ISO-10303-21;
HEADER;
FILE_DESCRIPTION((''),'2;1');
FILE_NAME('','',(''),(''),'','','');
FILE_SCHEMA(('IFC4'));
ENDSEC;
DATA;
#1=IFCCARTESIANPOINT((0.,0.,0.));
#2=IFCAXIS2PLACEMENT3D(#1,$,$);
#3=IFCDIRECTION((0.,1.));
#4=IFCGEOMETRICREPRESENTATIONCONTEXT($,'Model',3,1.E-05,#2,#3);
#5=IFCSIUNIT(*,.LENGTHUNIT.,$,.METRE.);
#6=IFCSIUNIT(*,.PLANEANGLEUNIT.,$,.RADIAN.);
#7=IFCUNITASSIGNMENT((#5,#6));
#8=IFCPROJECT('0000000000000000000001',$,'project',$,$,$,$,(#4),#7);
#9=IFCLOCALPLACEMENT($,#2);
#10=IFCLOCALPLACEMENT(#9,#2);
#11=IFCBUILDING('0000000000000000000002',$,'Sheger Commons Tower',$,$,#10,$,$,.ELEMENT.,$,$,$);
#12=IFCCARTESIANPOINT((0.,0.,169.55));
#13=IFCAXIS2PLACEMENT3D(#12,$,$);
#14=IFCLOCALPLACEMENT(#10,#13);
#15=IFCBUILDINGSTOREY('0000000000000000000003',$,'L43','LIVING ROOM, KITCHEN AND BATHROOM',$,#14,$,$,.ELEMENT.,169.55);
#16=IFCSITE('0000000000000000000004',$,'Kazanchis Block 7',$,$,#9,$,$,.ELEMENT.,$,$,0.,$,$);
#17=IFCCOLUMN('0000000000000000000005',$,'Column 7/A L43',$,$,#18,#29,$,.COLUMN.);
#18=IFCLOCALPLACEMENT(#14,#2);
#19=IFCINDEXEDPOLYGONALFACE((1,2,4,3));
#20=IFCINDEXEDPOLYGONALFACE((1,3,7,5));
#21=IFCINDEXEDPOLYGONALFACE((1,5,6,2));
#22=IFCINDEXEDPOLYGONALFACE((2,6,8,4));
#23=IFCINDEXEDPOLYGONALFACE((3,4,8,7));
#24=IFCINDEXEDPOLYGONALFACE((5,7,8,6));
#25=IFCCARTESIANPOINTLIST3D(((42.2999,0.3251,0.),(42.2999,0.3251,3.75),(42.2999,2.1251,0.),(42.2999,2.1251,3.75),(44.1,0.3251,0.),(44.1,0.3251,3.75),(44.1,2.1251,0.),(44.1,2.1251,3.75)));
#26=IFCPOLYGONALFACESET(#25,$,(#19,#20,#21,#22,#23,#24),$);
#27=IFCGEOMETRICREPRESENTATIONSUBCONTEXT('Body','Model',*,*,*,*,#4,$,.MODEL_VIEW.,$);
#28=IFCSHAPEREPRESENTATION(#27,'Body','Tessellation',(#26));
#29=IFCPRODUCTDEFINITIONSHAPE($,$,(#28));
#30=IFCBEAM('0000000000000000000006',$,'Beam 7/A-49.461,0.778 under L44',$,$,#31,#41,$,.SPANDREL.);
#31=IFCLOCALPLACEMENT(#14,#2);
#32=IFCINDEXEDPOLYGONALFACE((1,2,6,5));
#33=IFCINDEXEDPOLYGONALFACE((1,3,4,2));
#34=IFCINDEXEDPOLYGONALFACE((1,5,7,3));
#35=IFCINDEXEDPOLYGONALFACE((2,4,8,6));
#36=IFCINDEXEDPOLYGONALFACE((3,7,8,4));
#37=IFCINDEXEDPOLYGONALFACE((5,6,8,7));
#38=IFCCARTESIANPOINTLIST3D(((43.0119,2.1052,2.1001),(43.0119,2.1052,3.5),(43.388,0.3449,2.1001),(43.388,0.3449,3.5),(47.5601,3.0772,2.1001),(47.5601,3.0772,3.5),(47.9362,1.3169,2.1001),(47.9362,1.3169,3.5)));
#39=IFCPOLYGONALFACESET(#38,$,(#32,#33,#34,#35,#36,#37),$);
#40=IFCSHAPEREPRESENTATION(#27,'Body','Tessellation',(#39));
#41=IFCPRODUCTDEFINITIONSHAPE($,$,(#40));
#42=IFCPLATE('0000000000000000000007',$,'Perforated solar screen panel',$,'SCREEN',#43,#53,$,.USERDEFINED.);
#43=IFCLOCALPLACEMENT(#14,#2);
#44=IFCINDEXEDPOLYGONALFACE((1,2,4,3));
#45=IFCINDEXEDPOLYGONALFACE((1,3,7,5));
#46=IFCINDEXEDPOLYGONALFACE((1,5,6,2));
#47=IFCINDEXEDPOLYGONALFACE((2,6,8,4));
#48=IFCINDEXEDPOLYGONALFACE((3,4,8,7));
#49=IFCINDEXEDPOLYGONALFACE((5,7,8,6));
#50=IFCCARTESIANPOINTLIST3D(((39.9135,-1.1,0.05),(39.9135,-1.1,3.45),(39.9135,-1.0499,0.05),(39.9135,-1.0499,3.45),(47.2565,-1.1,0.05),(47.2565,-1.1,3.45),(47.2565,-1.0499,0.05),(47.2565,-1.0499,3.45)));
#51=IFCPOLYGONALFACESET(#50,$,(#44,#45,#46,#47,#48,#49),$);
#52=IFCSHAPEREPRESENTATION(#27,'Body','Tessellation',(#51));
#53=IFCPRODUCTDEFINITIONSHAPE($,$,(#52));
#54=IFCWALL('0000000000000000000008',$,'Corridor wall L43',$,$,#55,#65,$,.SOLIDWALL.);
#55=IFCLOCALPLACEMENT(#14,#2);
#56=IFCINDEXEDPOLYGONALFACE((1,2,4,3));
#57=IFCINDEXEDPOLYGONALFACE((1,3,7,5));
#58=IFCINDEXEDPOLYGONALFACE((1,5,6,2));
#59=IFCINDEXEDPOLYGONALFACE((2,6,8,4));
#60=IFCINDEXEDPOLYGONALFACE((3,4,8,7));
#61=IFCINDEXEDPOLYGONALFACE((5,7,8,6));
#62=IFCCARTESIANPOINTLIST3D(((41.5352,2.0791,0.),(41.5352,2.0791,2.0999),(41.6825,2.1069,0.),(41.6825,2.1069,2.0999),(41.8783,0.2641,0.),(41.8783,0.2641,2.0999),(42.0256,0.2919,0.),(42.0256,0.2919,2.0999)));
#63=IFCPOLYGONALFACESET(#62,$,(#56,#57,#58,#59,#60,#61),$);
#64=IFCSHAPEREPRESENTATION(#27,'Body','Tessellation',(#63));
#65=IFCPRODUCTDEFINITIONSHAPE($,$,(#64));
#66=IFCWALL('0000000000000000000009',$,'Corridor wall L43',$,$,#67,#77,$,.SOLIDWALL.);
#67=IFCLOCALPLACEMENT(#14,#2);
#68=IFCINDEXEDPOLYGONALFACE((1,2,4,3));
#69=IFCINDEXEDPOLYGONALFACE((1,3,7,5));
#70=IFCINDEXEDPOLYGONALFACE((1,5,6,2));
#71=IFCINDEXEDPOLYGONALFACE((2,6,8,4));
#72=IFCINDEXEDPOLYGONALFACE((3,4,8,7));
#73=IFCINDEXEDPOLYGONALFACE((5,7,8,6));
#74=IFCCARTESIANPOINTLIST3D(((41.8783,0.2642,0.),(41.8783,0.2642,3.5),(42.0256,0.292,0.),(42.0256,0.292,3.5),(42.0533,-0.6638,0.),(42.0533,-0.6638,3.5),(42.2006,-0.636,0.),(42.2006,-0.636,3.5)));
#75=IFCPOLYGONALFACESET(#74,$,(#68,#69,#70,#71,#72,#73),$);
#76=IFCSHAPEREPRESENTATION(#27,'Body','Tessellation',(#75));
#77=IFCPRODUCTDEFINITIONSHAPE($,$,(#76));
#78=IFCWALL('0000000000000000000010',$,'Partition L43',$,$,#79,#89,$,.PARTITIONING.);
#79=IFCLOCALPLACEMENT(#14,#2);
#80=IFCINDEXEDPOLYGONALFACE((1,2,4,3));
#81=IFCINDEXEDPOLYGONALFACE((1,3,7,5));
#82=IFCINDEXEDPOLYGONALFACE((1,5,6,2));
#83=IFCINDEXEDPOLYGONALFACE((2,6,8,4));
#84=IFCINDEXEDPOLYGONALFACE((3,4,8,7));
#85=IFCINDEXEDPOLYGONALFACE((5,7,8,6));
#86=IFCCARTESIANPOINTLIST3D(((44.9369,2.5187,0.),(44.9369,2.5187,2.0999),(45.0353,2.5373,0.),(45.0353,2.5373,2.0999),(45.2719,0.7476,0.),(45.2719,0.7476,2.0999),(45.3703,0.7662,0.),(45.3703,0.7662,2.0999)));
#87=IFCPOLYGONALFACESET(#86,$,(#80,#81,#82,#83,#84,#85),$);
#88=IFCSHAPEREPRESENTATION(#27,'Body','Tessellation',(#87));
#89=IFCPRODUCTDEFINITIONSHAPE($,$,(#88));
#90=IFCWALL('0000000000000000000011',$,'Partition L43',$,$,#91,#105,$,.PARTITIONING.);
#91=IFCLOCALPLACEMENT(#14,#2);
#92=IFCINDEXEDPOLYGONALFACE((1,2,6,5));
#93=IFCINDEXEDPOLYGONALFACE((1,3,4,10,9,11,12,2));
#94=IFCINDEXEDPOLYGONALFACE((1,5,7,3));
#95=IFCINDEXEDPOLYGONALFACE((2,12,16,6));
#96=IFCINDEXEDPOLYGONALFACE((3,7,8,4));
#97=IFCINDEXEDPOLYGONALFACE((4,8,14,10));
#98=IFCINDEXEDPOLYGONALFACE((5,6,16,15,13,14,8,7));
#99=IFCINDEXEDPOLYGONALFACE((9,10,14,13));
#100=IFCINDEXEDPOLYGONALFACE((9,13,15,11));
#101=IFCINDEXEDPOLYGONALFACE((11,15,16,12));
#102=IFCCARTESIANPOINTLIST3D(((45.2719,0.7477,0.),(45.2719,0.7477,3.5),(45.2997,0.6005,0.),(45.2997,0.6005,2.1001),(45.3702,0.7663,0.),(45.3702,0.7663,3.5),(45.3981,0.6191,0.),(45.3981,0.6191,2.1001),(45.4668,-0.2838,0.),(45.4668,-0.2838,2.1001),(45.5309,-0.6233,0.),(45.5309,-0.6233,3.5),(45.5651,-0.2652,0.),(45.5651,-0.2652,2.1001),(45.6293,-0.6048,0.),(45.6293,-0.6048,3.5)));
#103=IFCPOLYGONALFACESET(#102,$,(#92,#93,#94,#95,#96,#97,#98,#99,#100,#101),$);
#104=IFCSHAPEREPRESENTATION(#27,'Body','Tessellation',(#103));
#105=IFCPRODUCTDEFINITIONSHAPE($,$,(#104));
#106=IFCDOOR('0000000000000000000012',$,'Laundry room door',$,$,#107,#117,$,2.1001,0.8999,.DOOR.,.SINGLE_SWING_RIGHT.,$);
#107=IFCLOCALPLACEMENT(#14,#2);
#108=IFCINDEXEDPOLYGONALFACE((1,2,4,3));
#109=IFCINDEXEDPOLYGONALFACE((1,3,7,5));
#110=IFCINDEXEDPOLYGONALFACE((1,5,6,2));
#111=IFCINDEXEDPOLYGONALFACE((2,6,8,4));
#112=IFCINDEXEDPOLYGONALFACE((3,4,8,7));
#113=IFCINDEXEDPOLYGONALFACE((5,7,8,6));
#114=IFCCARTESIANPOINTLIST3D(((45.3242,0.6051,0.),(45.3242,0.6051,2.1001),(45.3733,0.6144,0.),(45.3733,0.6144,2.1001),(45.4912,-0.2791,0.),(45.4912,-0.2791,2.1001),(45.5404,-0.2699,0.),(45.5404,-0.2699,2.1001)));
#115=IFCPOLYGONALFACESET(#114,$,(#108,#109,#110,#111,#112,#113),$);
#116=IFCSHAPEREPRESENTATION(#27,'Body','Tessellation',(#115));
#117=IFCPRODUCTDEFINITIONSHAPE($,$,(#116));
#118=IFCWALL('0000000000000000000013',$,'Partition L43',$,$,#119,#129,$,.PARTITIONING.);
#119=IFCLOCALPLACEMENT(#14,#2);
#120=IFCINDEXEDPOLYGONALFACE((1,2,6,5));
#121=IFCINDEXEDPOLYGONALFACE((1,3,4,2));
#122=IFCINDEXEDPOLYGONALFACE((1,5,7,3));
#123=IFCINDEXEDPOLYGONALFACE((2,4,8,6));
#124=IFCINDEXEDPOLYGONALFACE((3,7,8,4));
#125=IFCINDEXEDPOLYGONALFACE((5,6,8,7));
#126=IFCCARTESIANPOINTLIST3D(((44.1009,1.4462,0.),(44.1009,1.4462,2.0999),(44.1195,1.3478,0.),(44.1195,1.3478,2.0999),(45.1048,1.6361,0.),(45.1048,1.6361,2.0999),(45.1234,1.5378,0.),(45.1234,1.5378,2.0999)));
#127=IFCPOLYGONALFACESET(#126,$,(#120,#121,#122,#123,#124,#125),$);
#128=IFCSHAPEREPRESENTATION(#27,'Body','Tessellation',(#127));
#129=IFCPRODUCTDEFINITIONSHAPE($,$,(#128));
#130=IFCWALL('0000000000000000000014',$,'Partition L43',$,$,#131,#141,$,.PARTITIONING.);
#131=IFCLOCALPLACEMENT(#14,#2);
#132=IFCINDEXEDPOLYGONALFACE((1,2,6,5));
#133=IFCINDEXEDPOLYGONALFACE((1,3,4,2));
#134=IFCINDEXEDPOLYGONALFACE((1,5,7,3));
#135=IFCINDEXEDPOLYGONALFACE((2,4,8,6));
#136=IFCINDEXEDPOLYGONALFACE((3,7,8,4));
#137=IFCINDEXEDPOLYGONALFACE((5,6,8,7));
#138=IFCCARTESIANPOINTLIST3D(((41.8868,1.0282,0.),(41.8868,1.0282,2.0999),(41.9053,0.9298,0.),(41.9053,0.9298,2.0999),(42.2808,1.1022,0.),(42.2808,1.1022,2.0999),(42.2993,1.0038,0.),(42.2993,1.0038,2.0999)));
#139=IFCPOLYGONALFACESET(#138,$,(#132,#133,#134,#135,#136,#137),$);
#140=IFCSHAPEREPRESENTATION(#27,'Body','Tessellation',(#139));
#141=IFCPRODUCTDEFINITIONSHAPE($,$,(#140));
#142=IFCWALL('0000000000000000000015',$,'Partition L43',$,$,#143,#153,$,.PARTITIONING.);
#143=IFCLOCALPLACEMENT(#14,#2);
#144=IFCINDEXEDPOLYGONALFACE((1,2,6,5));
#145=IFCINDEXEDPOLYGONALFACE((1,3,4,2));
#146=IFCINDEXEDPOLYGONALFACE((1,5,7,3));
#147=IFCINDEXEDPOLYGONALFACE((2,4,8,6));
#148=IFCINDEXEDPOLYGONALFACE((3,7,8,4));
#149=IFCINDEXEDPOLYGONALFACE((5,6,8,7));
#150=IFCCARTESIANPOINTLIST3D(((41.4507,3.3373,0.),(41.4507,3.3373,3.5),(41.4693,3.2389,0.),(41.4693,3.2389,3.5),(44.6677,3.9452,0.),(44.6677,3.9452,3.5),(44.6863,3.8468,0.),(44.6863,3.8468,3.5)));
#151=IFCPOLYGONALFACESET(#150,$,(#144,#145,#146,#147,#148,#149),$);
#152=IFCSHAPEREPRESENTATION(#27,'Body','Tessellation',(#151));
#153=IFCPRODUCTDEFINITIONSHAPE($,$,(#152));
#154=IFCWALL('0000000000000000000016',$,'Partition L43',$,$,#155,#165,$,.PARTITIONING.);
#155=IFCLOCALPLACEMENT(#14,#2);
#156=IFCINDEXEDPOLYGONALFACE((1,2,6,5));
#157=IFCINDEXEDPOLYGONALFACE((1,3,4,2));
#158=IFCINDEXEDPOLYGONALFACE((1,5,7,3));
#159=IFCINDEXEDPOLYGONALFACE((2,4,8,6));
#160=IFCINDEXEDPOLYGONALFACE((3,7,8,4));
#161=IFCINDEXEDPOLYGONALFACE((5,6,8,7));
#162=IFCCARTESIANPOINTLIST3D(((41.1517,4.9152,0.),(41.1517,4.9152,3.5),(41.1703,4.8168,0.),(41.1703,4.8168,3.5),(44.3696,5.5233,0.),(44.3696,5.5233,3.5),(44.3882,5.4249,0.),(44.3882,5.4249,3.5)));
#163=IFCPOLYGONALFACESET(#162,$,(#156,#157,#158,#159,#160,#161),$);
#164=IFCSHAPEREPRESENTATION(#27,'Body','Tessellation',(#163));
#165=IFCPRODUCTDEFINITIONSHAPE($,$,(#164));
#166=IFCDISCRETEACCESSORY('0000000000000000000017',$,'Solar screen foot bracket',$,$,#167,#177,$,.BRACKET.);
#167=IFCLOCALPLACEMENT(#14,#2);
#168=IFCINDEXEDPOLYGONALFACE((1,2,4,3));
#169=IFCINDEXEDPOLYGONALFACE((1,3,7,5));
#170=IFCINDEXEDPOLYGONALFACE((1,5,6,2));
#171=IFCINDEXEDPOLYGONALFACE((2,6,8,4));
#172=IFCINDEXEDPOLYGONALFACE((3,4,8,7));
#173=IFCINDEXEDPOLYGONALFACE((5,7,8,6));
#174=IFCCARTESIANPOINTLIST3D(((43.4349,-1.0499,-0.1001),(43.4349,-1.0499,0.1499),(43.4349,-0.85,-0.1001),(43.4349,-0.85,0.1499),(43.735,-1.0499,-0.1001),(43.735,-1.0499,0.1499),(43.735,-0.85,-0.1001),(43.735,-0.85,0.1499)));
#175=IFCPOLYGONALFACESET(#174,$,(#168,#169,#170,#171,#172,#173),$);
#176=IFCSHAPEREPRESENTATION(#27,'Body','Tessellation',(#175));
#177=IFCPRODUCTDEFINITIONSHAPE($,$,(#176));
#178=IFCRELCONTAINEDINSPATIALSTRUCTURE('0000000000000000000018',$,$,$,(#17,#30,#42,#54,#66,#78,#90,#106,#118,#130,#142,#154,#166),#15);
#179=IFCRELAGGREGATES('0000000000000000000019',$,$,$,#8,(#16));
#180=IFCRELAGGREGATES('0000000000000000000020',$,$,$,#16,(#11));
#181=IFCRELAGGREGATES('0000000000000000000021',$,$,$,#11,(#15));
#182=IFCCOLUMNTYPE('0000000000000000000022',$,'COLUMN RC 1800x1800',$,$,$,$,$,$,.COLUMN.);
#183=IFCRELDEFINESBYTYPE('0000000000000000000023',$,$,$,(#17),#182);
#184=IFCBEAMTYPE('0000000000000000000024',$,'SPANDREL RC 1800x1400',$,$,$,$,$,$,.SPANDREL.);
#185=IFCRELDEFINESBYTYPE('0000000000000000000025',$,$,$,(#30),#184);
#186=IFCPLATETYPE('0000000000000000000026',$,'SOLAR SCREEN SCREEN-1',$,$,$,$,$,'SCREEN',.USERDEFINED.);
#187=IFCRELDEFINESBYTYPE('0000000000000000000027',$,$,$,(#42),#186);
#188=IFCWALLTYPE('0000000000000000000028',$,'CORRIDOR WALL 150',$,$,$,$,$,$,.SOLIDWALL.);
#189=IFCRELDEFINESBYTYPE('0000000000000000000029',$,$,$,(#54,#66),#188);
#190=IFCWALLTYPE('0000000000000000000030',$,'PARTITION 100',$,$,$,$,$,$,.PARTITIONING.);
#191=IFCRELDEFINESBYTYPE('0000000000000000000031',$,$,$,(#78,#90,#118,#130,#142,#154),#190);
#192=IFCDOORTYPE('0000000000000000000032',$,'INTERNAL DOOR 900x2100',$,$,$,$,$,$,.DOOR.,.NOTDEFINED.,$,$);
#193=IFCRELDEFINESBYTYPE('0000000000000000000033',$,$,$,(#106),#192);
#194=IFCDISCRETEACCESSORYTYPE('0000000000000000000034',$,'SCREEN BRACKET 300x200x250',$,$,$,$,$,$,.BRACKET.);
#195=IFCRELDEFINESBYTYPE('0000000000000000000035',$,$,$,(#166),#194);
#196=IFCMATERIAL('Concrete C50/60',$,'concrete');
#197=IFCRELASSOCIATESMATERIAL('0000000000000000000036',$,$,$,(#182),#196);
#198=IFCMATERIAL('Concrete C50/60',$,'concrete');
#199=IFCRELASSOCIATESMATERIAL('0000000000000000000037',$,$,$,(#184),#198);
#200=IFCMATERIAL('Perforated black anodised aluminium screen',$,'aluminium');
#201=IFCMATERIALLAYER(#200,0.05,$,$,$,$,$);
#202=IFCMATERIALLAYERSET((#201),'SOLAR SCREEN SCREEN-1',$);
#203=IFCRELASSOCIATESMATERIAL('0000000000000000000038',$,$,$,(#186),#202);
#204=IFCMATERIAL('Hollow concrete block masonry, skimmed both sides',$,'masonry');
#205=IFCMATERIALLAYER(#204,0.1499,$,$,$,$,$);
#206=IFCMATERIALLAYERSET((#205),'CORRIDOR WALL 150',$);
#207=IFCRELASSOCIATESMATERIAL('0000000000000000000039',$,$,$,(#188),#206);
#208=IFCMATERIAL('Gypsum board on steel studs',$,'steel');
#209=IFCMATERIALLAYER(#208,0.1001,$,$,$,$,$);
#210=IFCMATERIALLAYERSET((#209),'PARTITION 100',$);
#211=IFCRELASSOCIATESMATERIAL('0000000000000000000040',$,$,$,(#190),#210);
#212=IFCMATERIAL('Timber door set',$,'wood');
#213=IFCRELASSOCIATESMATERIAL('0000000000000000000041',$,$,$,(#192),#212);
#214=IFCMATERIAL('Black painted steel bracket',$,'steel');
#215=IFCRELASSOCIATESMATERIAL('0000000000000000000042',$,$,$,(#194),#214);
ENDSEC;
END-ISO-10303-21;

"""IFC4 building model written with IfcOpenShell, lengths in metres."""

from ifc_helpers import new_model, si_unit, direction, frame, frame_2d, origin, origin_2d, place, context, subcontext, project, spatial, rectangle, extrude, material, layer, layer_set, material_profile, profile_set, type_object, element, fill, save


model = new_model("IFC4")

# Units and contexts
model_context = context("Model", 3, precision=1e-05, world=origin(), true_north=direction((0.0, 1.0)))
body_context = subcontext(model_context, "Body", "Model", "MODEL_VIEW")
ifc_project = project(units=[si_unit("LENGTHUNIT", "METRE"), si_unit("PLANEANGLEUNIT", "RADIAN")], contexts=[model_context])

# Site, building, storey
site_placement = place(None, origin())
site = spatial("IfcSite", under=ifc_project, at=site_placement, Name="Kazanchis Block 7", CompositionType="ELEMENT", RefElevation=0.0)
building_placement = place(site_placement, origin())
building = spatial("IfcBuilding", under=site, at=building_placement, Name="Sheger Commons Tower", CompositionType="ELEMENT")
storey_placement = place(building_placement, frame((0.0, 0.0, 169.55)))
storey = spatial("IfcBuildingStorey", under=building, at=storey_placement, Name="L43", Description="LIVING ROOM, KITCHEN AND BATHROOM", CompositionType="ELEMENT", Elevation=169.55)

# Column
ifc_material_1 = material(Name="Concrete C50/60", Category="concrete")
ifc_material_profile_1 = material_profile(ifc_material_1, rectangle(XDim=1.8, YDim=1.8, at=origin_2d()), Name="RC 1800x1800")
ifc_profile_set_1 = profile_set([ifc_material_profile_1], Name="Concrete C50/60")
column_type = type_object("IfcColumnType", Name="COLUMN RC 1800x1800", PredefinedType="COLUMN", material=ifc_profile_set_1)
column_placement = place(storey_placement, frame((43.2, 1.2251, 0.0), z_axis=(0.0, 0.0, 1.0), x_axis=(1.0, 0.0, 0.0)))
element("IfcColumn", 1, at=column_placement, inside=storey, type_object=column_type, Name="Column 7/A L43", PredefinedType="COLUMN", context=body_context, shape_type="SweptSolid", body=[
    extrude(rectangle(XDim=1.8, YDim=1.8, at=origin_2d()), origin(), (0.0, 0.0, 1.0), 3.75),
])

# Beam
ifc_material_2 = material(Name="Concrete C50/60", Category="concrete")
ifc_material_profile_2 = material_profile(ifc_material_2, rectangle(XDim=1.8, YDim=1.3999, at=origin_2d()), Name="RC 1800x1400")
ifc_profile_set_2 = profile_set([ifc_material_profile_2], Name="Concrete C50/60")
beam_type = type_object("IfcBeamType", Name="SPANDREL RC 1800x1400", PredefinedType="SPANDREL", material=ifc_profile_set_2)
beam_placement = place(storey_placement, frame((43.2, 1.2251, 2.8), z_axis=(0.97792, 0.208981, 0.0), x_axis=(-0.208981, 0.97792, 0.0)))
element("IfcBeam", 2, at=beam_placement, inside=storey, type_object=beam_type, Name="Beam 7/A-49.461,0.778 under L44", PredefinedType="SPANDREL", context=body_context, shape_type="SweptSolid", body=[
    extrude(rectangle(XDim=1.8, YDim=1.3999, at=origin_2d()), origin(), (0.0, 0.0, 1.0), 4.6509),
])

# Plate
ifc_material_3 = material(Name="Perforated black anodised aluminium screen", Category="aluminium")
ifc_layer_1 = layer(ifc_material_3, 0.05)
ifc_layer_set_1 = layer_set([ifc_layer_1], Name="SOLAR SCREEN SCREEN-1")
plate_type = type_object("IfcPlateType", Name="SOLAR SCREEN SCREEN-1", ElementType="SCREEN", PredefinedType="USERDEFINED", material=ifc_layer_set_1)
plate_placement = place(storey_placement, frame((43.585, -1.075, 0.05), z_axis=(0.0, 0.0, 1.0), x_axis=(1.0, 0.0, 0.0)))
element("IfcPlate", 3, at=plate_placement, inside=storey, type_object=plate_type, Name="Perforated solar screen panel", ObjectType="SCREEN", PredefinedType="USERDEFINED", context=body_context, shape_type="SweptSolid", body=[
    extrude(rectangle(XDim=7.343, YDim=0.05, at=origin_2d()), origin(), (0.0, 0.0, 1.0), 3.3999),
])

# Walls
ifc_material_4 = material(Name="Hollow concrete block masonry, skimmed both sides", Category="masonry")
ifc_layer_2 = layer(ifc_material_4, 0.1499)
ifc_layer_set_2 = layer_set([ifc_layer_2], Name="CORRIDOR WALL 150")
wall_type_1 = type_object("IfcWallType", Name="CORRIDOR WALL 150", PredefinedType="SOLIDWALL", material=ifc_layer_set_2)
wall_1_placement = place(storey_placement, frame((41.6089, 2.093, 0.0), z_axis=(0.0, 0.0, 1.0), x_axis=(0.185709, -0.982605, 0.0)))
element("IfcWall", 4, at=wall_1_placement, inside=storey, type_object=wall_type_1, Name="Corridor wall L43", PredefinedType="SOLIDWALL", context=body_context, shape_type="SweptSolid", body=[
    extrude(rectangle(XDim=1.8472, YDim=0.1499, at=frame_2d((0.9236, 0.0))), origin(), (0.0, 0.0, 1.0), 2.0999),
])
wall_2_placement = place(storey_placement, frame((41.9519, 0.2781, 0.0), z_axis=(0.0, 0.0, 1.0), x_axis=(0.185365, -0.98267, 0.0)))
element("IfcWall", 5, at=wall_2_placement, inside=storey, type_object=wall_type_1, Name="Corridor wall L43", PredefinedType="SOLIDWALL", context=body_context, shape_type="SweptSolid", body=[
    extrude(rectangle(XDim=0.9443, YDim=0.1499, at=frame_2d((0.4722, 0.0))), origin(), (0.0, 0.0, 1.0), 3.5),
])
ifc_material_5 = material(Name="Gypsum board on steel studs", Category="steel")
ifc_layer_3 = layer(ifc_material_5, 0.1001)
ifc_layer_set_3 = layer_set([ifc_layer_3], Name="PARTITION 100")
wall_type_2 = type_object("IfcWallType", Name="PARTITION 100", PredefinedType="PARTITIONING", material=ifc_layer_set_3)
wall_3_placement = place(storey_placement, frame((44.9861, 2.5281, 0.0), z_axis=(0.0, 0.0, 1.0), x_axis=(0.185842, -0.98258, 0.0)))
element("IfcWall", 6, at=wall_3_placement, inside=storey, type_object=wall_type_2, Name="Partition L43", PredefinedType="PARTITIONING", context=body_context, shape_type="SweptSolid", body=[
    extrude(rectangle(XDim=1.8025, YDim=0.1001, at=frame_2d((0.9014, 0.0))), origin(), (0.0, 0.0, 1.0), 2.0999),
])

# Wall, opening, door
wall_4_placement = place(storey_placement, frame((45.321, 0.7571, 0.0), z_axis=(0.0, 0.0, 1.0), x_axis=(0.185641, -0.982618, 0.0)))
wall_4 = element("IfcWall", 7, at=wall_4_placement, inside=storey, type_object=wall_type_2, Name="Partition L43", PredefinedType="PARTITIONING", context=body_context, shape_type="SweptSolid", body=[
    extrude(rectangle(XDim=1.3953, YDim=0.1001, at=frame_2d((0.6978, 0.0))), origin(), (0.0, 0.0, 1.0), 3.5),
])
opening_placement = place(wall_4_placement, frame((0.1499, 0.0, 0.0)))
opening = element("IfcOpeningElement", 8, at=opening_placement, cuts=wall_4, PredefinedType="OPENING", context=body_context, shape_type="SweptSolid", body=[
    extrude(rectangle(XDim=0.8999, YDim=2.1001, at=frame_2d((0.45, 1.05))), frame((0.0, 0.0601, 0.0), z_axis=(0.0, -1.0, 0.0), x_axis=(1.0, 0.0, 0.0)), (0.0, 0.0, 1.0), 0.1201),
])
ifc_material_6 = material(Name="Timber door set", Category="wood")
door_type = type_object("IfcDoorType", Name="INTERNAL DOOR 900x2100", OperationType="NOTDEFINED", PredefinedType="DOOR", material=ifc_material_6)
door_placement = place(opening_placement, origin())
door = element("IfcDoor", 9, at=door_placement, inside=storey, type_object=door_type, Name="Laundry room door", OperationType="SINGLE_SWING_RIGHT", OverallHeight=2.1001, OverallWidth=0.8999, PredefinedType="DOOR", context=body_context, shape_type="SweptSolid", body=[
    extrude(rectangle(XDim=0.8999, YDim=2.1001, at=frame_2d((0.45, 1.05))), frame((0.0, 0.0249, 0.0), z_axis=(0.0, -1.0, 0.0), x_axis=(1.0, 0.0, 0.0)), (0.0, 0.0, 1.0), 0.05),
])
fill(opening, door)

# Walls
wall_5_placement = place(storey_placement, frame((45.114, 1.5869, 0.0), z_axis=(0.0, 0.0, 1.0), x_axis=(-0.982568, -0.185904, 0.0)))
element("IfcWall", 10, at=wall_5_placement, inside=storey, type_object=wall_type_2, Name="Partition L43", PredefinedType="PARTITIONING", context=body_context, shape_type="SweptSolid", body=[
    extrude(rectangle(XDim=1.0217, YDim=0.1001, at=frame_2d((0.5107, 0.0))), origin(), (0.0, 0.0, 1.0), 2.0999),
])
wall_6_placement = place(storey_placement, frame((42.29, 1.053, 0.0), z_axis=(0.0, 0.0, 1.0), x_axis=(-0.982831, -0.184509, 0.0)))
element("IfcWall", 11, at=wall_6_placement, inside=storey, type_object=wall_type_2, Name="Partition L43", PredefinedType="PARTITIONING", context=body_context, shape_type="SweptSolid", body=[
    extrude(rectangle(XDim=0.4009, YDim=0.1001, at=frame_2d((0.2004, 0.0))), origin(), (0.0, 0.0, 1.0), 2.0999),
])
wall_7_placement = place(storey_placement, frame((44.677, 3.896, 0.0), z_axis=(0.0, 0.0, 1.0), x_axis=(-0.98261, -0.18568, 0.0)))
element("IfcWall", 12, at=wall_7_placement, inside=storey, type_object=wall_type_2, Name="Partition L43", PredefinedType="PARTITIONING", context=body_context, shape_type="SweptSolid", body=[
    extrude(rectangle(XDim=3.2739, YDim=0.1001, at=frame_2d((1.637, 0.0))), origin(), (0.0, 0.0, 1.0), 3.5),
])
wall_8_placement = place(storey_placement, frame((44.3789, 5.4741, 0.0), z_axis=(0.0, 0.0, 1.0), x_axis=(-0.982607, -0.185697, 0.0)))
element("IfcWall", 13, at=wall_8_placement, inside=storey, type_object=wall_type_2, Name="Partition L43", PredefinedType="PARTITIONING", context=body_context, shape_type="SweptSolid", body=[
    extrude(rectangle(XDim=3.2749, YDim=0.1001, at=frame_2d((1.6375, 0.0))), origin(), (0.0, 0.0, 1.0), 3.5),
])

# Discrete accessory
ifc_material_7 = material(Name="Black painted steel bracket", Category="steel")
discrete_accessory_type = type_object("IfcDiscreteAccessoryType", Name="SCREEN BRACKET 300x200x250", PredefinedType="BRACKET", material=ifc_material_7)
for number, where, z_axis, x_axis, name in (
    (14, (43.585, -0.95, -0.1001), (0.0, 0.0, 1.0), (1.0, 0.0, 0.0), "Solar screen foot bracket"),
):
    element("IfcDiscreteAccessory", number, at=place(storey_placement, frame(where, z_axis=z_axis, x_axis=x_axis)), inside=storey, type_object=discrete_accessory_type, Name=name, PredefinedType="BRACKET", context=body_context, shape_type="SweptSolid", body=[
        extrude(rectangle(XDim=0.3, YDim=0.2, at=origin_2d()), origin(), (0.0, 0.0, 1.0), 0.25),
    ])

save(model, "model.ifc")
